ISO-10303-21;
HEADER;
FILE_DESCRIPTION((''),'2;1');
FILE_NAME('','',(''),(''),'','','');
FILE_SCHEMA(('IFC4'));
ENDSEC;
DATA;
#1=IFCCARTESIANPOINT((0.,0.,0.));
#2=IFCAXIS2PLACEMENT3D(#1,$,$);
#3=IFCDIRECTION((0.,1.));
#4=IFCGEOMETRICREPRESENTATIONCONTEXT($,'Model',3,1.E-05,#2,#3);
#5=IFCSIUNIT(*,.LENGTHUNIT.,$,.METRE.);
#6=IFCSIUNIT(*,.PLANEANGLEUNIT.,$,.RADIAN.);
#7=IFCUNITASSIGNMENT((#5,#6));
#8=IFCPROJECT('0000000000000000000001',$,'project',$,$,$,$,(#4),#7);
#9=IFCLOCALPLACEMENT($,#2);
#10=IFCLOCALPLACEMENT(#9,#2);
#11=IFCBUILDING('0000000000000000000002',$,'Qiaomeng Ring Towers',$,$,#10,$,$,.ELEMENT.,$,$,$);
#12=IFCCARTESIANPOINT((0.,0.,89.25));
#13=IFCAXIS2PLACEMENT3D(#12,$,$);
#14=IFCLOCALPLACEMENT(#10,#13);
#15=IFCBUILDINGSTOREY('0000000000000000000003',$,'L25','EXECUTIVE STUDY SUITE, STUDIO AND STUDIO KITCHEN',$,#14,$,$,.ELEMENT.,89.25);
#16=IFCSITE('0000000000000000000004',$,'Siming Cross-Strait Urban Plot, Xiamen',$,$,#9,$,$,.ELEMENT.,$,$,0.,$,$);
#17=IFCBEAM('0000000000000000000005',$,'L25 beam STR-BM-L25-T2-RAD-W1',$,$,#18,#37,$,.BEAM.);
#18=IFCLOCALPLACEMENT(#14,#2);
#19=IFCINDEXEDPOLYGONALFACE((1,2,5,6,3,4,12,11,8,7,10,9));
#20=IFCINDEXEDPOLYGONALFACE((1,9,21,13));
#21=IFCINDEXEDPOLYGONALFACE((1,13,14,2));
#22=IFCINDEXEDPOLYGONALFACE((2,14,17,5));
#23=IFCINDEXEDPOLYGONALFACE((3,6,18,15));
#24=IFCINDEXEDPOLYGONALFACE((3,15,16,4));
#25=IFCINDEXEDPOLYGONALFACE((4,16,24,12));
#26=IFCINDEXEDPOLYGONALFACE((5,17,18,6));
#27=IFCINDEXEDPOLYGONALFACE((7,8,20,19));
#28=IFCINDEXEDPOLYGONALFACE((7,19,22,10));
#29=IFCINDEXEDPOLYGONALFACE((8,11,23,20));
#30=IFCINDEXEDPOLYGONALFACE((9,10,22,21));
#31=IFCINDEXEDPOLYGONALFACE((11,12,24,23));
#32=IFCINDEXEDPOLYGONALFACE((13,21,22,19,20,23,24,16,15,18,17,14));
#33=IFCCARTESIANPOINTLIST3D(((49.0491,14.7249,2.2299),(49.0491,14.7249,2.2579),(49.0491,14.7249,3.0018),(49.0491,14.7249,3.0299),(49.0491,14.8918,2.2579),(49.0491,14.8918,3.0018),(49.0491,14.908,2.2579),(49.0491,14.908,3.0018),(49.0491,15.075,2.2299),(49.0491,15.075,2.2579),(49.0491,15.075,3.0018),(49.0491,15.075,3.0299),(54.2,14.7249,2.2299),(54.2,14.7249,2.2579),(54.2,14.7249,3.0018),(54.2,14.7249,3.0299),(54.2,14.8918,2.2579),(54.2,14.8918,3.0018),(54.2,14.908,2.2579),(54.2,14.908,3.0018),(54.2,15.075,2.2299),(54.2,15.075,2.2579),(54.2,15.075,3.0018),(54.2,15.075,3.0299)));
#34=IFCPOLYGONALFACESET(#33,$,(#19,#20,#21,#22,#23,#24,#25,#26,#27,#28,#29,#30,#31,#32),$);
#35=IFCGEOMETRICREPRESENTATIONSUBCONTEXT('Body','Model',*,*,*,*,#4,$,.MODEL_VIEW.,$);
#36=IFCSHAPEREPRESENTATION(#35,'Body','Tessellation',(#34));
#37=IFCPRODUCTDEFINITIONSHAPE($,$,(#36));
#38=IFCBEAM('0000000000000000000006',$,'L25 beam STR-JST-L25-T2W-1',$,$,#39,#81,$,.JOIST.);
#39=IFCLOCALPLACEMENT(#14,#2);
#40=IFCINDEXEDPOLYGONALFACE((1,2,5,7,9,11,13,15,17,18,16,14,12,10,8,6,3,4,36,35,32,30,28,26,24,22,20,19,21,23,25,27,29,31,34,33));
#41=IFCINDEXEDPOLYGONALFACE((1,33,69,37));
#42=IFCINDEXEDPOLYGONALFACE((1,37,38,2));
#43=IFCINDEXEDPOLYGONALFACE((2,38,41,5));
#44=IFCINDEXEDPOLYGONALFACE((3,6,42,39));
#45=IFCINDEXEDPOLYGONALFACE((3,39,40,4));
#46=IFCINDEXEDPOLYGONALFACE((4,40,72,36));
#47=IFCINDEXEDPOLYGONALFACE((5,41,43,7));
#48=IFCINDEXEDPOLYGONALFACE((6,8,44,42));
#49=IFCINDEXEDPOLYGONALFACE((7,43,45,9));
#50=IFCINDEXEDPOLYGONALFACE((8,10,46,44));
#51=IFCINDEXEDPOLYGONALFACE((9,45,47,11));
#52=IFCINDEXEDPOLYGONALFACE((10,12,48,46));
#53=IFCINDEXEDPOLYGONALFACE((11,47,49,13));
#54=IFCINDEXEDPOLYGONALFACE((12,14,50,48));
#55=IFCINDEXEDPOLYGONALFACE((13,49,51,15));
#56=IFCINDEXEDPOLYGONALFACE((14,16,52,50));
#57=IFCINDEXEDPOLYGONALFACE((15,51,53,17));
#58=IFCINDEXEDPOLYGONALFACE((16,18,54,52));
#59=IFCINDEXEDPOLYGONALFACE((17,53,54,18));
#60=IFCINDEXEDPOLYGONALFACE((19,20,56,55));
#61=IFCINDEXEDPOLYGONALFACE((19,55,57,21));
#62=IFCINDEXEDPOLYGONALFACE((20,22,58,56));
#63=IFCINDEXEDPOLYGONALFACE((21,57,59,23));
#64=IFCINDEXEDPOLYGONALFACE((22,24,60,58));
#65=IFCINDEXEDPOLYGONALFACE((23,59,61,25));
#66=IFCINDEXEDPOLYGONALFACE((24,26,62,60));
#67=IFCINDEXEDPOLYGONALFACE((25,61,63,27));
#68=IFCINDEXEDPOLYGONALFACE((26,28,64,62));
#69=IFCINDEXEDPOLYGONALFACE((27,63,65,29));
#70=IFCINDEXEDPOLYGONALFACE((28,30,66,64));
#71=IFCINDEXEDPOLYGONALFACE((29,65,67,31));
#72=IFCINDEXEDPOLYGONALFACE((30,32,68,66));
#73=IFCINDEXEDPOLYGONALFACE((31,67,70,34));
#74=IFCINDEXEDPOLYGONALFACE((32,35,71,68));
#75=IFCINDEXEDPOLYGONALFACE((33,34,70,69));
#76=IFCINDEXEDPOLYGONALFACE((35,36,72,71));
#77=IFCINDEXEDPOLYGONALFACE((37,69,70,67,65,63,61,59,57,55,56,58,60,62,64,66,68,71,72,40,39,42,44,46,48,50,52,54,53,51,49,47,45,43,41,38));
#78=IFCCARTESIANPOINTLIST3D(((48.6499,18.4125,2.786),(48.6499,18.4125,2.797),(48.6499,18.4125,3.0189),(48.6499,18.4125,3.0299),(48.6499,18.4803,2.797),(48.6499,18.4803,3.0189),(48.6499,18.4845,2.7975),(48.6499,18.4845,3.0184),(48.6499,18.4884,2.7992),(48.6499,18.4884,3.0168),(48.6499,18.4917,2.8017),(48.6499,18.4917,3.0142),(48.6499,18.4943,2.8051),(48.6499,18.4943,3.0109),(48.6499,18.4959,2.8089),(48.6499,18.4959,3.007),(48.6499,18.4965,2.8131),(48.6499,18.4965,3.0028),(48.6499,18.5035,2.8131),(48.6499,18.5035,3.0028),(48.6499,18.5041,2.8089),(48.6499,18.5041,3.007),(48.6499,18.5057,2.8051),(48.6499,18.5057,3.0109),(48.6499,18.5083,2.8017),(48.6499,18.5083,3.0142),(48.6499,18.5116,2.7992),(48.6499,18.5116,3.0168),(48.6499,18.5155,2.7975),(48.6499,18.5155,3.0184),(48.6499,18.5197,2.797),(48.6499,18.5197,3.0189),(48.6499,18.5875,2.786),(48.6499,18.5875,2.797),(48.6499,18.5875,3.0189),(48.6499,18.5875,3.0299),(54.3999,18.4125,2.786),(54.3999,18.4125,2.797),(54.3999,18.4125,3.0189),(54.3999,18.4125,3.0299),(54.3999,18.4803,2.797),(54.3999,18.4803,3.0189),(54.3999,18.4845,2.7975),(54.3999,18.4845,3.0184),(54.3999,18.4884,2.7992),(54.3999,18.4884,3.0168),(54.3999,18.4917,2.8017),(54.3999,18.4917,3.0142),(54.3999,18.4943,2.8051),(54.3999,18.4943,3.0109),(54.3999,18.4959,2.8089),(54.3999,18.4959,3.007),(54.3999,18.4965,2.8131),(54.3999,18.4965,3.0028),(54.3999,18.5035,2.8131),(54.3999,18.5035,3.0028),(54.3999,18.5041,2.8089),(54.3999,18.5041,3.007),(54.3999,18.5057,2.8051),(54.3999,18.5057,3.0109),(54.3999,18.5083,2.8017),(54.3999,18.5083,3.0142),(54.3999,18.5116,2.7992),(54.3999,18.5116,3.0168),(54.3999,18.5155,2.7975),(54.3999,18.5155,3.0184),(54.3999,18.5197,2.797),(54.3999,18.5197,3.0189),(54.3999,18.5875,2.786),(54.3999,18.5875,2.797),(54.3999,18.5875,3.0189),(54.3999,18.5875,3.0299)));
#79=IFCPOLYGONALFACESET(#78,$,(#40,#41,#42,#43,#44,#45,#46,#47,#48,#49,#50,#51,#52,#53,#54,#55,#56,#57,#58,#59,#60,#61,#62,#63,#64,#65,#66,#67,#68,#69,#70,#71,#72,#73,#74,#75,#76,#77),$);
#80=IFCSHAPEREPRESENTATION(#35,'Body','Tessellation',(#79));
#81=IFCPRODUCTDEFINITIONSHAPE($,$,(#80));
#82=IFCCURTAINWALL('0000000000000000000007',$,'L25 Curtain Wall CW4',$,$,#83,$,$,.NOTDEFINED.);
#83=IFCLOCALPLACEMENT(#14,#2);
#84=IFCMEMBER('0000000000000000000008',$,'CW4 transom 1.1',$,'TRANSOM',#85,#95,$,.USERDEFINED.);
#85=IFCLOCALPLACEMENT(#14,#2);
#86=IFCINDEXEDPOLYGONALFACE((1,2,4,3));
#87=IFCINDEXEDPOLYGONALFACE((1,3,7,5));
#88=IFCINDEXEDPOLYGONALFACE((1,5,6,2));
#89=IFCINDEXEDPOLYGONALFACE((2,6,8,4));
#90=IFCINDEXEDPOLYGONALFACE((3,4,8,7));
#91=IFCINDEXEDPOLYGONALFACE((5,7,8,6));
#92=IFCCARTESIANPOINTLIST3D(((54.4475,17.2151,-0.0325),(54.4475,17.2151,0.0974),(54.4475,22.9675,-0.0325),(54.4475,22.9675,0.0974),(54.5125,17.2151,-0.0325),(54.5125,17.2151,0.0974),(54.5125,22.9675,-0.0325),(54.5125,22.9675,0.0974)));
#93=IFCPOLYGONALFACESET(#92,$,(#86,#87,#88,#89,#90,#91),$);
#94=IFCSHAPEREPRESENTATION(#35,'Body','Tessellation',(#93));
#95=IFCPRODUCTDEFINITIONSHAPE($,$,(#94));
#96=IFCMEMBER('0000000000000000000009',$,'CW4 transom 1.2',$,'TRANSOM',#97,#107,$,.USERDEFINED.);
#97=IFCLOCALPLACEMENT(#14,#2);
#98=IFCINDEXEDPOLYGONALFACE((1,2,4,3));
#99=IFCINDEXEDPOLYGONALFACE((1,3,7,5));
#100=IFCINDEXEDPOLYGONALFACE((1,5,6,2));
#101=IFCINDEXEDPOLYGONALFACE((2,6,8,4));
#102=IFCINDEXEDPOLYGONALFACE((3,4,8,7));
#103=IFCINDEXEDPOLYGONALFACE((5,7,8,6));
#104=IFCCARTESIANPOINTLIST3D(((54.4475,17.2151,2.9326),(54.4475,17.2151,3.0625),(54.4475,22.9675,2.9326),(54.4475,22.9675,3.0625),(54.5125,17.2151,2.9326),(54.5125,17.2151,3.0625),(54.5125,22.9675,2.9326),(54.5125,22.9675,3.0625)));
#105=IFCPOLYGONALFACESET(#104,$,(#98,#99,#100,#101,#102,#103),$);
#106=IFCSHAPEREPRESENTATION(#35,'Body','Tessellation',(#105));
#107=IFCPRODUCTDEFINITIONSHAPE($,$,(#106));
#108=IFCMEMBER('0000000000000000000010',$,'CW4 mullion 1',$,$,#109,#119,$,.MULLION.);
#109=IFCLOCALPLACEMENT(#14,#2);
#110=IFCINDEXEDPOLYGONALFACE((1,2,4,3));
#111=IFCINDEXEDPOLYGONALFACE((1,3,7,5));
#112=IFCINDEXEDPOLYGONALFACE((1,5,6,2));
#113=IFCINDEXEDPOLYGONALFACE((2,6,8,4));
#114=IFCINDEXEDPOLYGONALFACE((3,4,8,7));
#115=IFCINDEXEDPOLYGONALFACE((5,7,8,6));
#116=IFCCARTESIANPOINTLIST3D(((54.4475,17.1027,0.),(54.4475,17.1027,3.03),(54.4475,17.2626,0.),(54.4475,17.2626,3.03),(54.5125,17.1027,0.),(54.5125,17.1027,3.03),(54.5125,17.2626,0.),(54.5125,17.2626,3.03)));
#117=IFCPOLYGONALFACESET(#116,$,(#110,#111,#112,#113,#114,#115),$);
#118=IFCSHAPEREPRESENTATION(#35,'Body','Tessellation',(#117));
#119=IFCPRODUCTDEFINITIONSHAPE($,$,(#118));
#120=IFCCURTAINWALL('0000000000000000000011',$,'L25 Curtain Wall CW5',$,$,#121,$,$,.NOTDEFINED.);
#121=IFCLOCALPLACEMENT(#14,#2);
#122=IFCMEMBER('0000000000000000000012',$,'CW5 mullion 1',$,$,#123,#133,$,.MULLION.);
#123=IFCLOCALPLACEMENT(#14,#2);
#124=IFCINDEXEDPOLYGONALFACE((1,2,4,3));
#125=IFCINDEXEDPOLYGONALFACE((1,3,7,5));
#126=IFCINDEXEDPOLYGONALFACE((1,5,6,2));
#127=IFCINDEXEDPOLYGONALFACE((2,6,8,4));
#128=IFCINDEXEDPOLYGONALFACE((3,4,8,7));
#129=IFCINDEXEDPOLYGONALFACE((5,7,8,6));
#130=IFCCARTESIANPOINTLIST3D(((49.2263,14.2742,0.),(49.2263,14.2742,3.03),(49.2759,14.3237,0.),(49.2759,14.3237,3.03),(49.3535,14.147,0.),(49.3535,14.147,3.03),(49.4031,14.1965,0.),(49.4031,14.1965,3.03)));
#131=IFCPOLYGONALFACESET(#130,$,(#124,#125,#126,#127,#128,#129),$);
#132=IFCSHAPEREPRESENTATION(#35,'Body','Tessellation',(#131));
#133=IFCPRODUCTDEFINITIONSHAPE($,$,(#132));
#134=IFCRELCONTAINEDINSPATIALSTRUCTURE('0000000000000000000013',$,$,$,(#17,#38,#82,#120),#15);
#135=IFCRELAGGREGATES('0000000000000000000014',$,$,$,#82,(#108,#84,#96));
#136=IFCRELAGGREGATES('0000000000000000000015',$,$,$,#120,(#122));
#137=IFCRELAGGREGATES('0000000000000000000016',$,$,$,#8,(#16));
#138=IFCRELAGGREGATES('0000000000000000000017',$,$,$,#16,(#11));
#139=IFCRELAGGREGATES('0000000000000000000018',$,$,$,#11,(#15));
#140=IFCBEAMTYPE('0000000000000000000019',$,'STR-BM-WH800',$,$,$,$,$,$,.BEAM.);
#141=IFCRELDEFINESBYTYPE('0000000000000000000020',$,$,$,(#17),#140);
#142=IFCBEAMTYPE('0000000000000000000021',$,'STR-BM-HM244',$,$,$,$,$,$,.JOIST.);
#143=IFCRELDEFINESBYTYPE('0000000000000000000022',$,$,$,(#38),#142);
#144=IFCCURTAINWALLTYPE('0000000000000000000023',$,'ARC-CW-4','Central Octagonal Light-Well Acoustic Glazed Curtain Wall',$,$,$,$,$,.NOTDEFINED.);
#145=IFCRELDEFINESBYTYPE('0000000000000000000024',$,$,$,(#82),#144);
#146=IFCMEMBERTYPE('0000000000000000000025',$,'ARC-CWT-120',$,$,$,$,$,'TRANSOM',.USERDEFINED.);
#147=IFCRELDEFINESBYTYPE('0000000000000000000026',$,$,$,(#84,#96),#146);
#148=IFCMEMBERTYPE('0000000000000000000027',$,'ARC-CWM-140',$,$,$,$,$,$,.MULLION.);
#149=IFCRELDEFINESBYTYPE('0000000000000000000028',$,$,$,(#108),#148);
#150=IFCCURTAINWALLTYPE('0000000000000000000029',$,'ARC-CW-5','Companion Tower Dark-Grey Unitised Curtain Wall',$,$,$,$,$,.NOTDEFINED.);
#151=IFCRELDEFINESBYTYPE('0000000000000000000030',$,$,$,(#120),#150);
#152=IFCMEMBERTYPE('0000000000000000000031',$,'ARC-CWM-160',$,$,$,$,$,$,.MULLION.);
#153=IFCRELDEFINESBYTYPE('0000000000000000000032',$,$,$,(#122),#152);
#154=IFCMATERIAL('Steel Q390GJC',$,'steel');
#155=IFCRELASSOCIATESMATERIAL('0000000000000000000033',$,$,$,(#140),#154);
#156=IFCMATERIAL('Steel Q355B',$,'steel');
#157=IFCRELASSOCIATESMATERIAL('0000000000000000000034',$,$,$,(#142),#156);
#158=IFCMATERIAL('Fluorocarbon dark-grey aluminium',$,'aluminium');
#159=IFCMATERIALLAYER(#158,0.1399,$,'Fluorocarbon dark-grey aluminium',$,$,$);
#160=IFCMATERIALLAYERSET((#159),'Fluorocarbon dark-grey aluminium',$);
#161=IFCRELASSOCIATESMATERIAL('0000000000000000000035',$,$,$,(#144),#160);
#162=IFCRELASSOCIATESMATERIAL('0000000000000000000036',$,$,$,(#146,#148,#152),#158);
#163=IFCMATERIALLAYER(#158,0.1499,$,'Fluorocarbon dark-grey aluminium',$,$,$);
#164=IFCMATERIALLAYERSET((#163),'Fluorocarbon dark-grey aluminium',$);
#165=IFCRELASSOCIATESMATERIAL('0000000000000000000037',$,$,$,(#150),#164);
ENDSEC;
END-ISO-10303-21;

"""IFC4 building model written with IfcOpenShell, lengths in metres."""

from ifc_helpers import new_model, si_unit, direction, frame, origin, origin_2d, place, context, subcontext, project, spatial, rectangle, i_section, extrude, source, transform, mapped, material, layer, layer_set, material_profile, profile_set, type_object, element, aggregate, save


model = new_model("IFC4")

# Units and contexts
model_context = context("Model", 3, precision=1e-05, world=origin(), true_north=direction((0.0, 1.0)))
body_context = subcontext(model_context, "Body", "Model", "MODEL_VIEW")
ifc_project = project(units=[si_unit("LENGTHUNIT", "METRE"), si_unit("PLANEANGLEUNIT", "RADIAN")], contexts=[model_context])

# Site, building, storey
site_placement = place(None, origin())
site = spatial("IfcSite", under=ifc_project, at=site_placement, Name="Siming Cross-Strait Urban Plot, Xiamen", CompositionType="ELEMENT", RefElevation=0.0)
building_placement = place(site_placement, origin())
building = spatial("IfcBuilding", under=site, at=building_placement, Name="Qiaomeng Ring Towers", CompositionType="ELEMENT")
storey_placement = place(building_placement, frame((0.0, 0.0, 89.25)))
storey = spatial("IfcBuildingStorey", under=building, at=storey_placement, Name="L25", Description="EXECUTIVE STUDY SUITE, STUDIO AND STUDIO KITCHEN", CompositionType="ELEMENT", Elevation=89.25)

# Beams
ifc_material_1 = material(Name="Steel Q355B", Category="steel")
ifc_material_2 = material(Name="Steel Q390GJC", Category="steel")
ifc_material_profile_1 = material_profile(ifc_material_2, i_section(OverallWidth=0.3501, OverallDepth=0.8, WebThickness=0.0161, FlangeThickness=0.0281, at=origin_2d()), Name="WH 800x350x16x28")
ifc_profile_set_1 = profile_set([ifc_material_profile_1], Name="Steel Q390GJC")
beam_type_1 = type_object("IfcBeamType", Name="STR-BM-WH800", PredefinedType="BEAM", material=ifc_profile_set_1)
shared_shape_1 = source(origin(), body_context, "Body", "SweptSolid", [
    extrude(i_section(OverallWidth=0.3501, OverallDepth=0.8, WebThickness=0.0161, FlangeThickness=0.0281, at=origin_2d()), origin(), (0.0, 0.0, 1.0), 5.1509),
])
beam_1_placement = place(storey_placement, frame((49.0491, 14.8999, 2.6299), z_axis=(1.0, 0.0, 0.0), x_axis=(0.0, 1.0, 0.0)))
element("IfcBeam", 1, at=beam_1_placement, inside=storey, type_object=beam_type_1, Name="L25 beam STR-BM-L25-T2-RAD-W1", PredefinedType="BEAM", context=body_context, shape_type="MappedRepresentation", body=[
    mapped(shared_shape_1, transform((0.0, 0.0, 0.0), x_axis=(1.0, 0.0, 0.0), y_axis=(0.0, 1.0, 0.0), z_axis=(0.0, 0.0, 1.0), scale=1.0)),
])
ifc_material_profile_2 = material_profile(ifc_material_1, i_section(OverallWidth=0.175, OverallDepth=0.2439, WebThickness=0.0071, FlangeThickness=0.011, FilletRadius=0.0161, at=origin_2d()), Name="HM 244x175x7x11")
ifc_profile_set_2 = profile_set([ifc_material_profile_2], Name="Steel Q355B")
beam_type_2 = type_object("IfcBeamType", Name="STR-BM-HM244", PredefinedType="JOIST", material=ifc_profile_set_2)
shared_shape_2 = source(origin(), body_context, "Body", "SweptSolid", [
    extrude(i_section(OverallWidth=0.175, OverallDepth=0.2439, WebThickness=0.0071, FlangeThickness=0.011, FilletRadius=0.0161, at=origin_2d()), origin(), (0.0, 0.0, 1.0), 5.75),
])
beam_2_placement = place(storey_placement, frame((48.6499, 18.5, 2.908), z_axis=(1.0, 0.0, 0.0), x_axis=(0.0, 1.0, 0.0)))
element("IfcBeam", 2, at=beam_2_placement, inside=storey, type_object=beam_type_2, Name="L25 beam STR-JST-L25-T2W-1", PredefinedType="JOIST", context=body_context, shape_type="MappedRepresentation", body=[
    mapped(shared_shape_2, transform((0.0, 0.0, 0.0), x_axis=(1.0, 0.0, 0.0), y_axis=(0.0, 1.0, 0.0), z_axis=(0.0, 0.0, 1.0), scale=1.0)),
])

# Curtain wall, members
ifc_material_3 = material(Name="Fluorocarbon dark-grey aluminium", Category="aluminium")
ifc_layer_1 = layer(ifc_material_3, 0.1399, Name="Fluorocarbon dark-grey aluminium")
ifc_layer_set_1 = layer_set([ifc_layer_1], Name="Fluorocarbon dark-grey aluminium")
curtain_wall_type_1 = type_object("IfcCurtainWallType", Name="ARC-CW-4", Description="Central Octagonal Light-Well Acoustic Glazed Curtain Wall", PredefinedType="NOTDEFINED", material=ifc_layer_set_1)
curtain_wall_1_placement = place(storey_placement, origin())
curtain_wall_1 = element("IfcCurtainWall", 3, at=curtain_wall_1_placement, inside=storey, type_object=curtain_wall_type_1, Name="L25 Curtain Wall CW4", PredefinedType="NOTDEFINED")
ifc_material_profile_3 = material_profile(ifc_material_3, rectangle(XDim=0.0649, YDim=0.1299, at=origin_2d()), Name="ALU TRAN 65x130")
ifc_profile_set_3 = profile_set([ifc_material_profile_3], Name="Fluorocarbon dark-grey aluminium")
member_type_1 = type_object("IfcMemberType", Name="ARC-CWT-120", ElementType="TRANSOM", PredefinedType="USERDEFINED", material=ifc_profile_set_3)
shared_shape_3 = source(origin(), body_context, "Body", "SweptSolid", [
    extrude(rectangle(XDim=0.0649, YDim=0.1299, at=origin_2d()), origin(), (0.0, 0.0, 1.0), 5.7524),
])
member_1_placement = place(storey_placement, frame((54.48, 17.2151, 0.0325), z_axis=(0.0, 1.0, 0.0), x_axis=(-1.0, 0.0, 0.0)))
member_1 = element("IfcMember", 4, at=member_1_placement, type_object=member_type_1, Name="CW4 transom 1.1", ObjectType="TRANSOM", PredefinedType="USERDEFINED", context=body_context, shape_type="MappedRepresentation", body=[
    mapped(shared_shape_3, transform((0.0, 0.0, 0.0), x_axis=(1.0, 0.0, 0.0), y_axis=(0.0, 1.0, 0.0), z_axis=(0.0, 0.0, 1.0), scale=1.0)),
])
member_2_placement = place(storey_placement, frame((54.48, 17.2151, 2.9976), z_axis=(0.0, 1.0, 0.0), x_axis=(-1.0, 0.0, 0.0)))
member_2 = element("IfcMember", 5, at=member_2_placement, type_object=member_type_1, Name="CW4 transom 1.2", ObjectType="TRANSOM", PredefinedType="USERDEFINED", context=body_context, shape_type="MappedRepresentation", body=[
    mapped(shared_shape_3, transform((0.0, 0.0, 0.0), x_axis=(1.0, 0.0, 0.0), y_axis=(0.0, 1.0, 0.0), z_axis=(0.0, 0.0, 1.0), scale=1.0)),
])
ifc_material_profile_4 = material_profile(ifc_material_3, rectangle(XDim=0.0649, YDim=0.1599, at=origin_2d()), Name="ALU MULL 65x160")
ifc_profile_set_4 = profile_set([ifc_material_profile_4], Name="Fluorocarbon dark-grey aluminium")
member_type_2 = type_object("IfcMemberType", Name="ARC-CWM-140", PredefinedType="MULLION", material=ifc_profile_set_4)
shared_shape_4 = source(origin(), body_context, "Body", "SweptSolid", [
    extrude(rectangle(XDim=0.0649, YDim=0.1599, at=origin_2d()), origin(), (0.0, 0.0, 1.0), 3.03),
])
member_3_placement = place(storey_placement, frame((54.48, 17.1826, 0.0), z_axis=(0.0, 0.0, 1.0), x_axis=(-1.0, 0.0, 0.0)))
member_3 = element("IfcMember", 6, at=member_3_placement, type_object=member_type_2, Name="CW4 mullion 1", PredefinedType="MULLION", context=body_context, shape_type="MappedRepresentation", body=[
    mapped(shared_shape_4, transform((0.0, 0.0, 0.0), x_axis=(1.0, 0.0, 0.0), y_axis=(0.0, 1.0, 0.0), z_axis=(0.0, 0.0, 1.0), scale=1.0)),
])
aggregate(curtain_wall_1, [member_3, member_1, member_2])

# Curtain wall, member
ifc_layer_2 = layer(ifc_material_3, 0.1499, Name="Fluorocarbon dark-grey aluminium")
ifc_layer_set_2 = layer_set([ifc_layer_2], Name="Fluorocarbon dark-grey aluminium")
curtain_wall_type_2 = type_object("IfcCurtainWallType", Name="ARC-CW-5", Description="Companion Tower Dark-Grey Unitised Curtain Wall", PredefinedType="NOTDEFINED", material=ifc_layer_set_2)
curtain_wall_2_placement = place(storey_placement, origin())
curtain_wall_2 = element("IfcCurtainWall", 7, at=curtain_wall_2_placement, inside=storey, type_object=curtain_wall_type_2, Name="L25 Curtain Wall CW5", PredefinedType="NOTDEFINED")
ifc_material_profile_5 = material_profile(ifc_material_3, rectangle(XDim=0.0701, YDim=0.1799, at=origin_2d()), Name="ALU MULL 70x180")
ifc_profile_set_5 = profile_set([ifc_material_profile_5], Name="Fluorocarbon dark-grey aluminium")
member_type_3 = type_object("IfcMemberType", Name="ARC-CWM-160", PredefinedType="MULLION", material=ifc_profile_set_5)
shared_shape_5 = source(origin(), body_context, "Body", "SweptSolid", [
    extrude(rectangle(XDim=0.0701, YDim=0.1799, at=origin_2d()), origin(), (0.0, 0.0, 1.0), 3.03),
])
member_4_placement = place(storey_placement, frame((49.3147, 14.2354, 0.0), z_axis=(0.0, 0.0, 1.0), x_axis=(0.707107, 0.707107, 0.0)))
member_4 = element("IfcMember", 8, at=member_4_placement, type_object=member_type_3, Name="CW5 mullion 1", PredefinedType="MULLION", context=body_context, shape_type="MappedRepresentation", body=[
    mapped(shared_shape_5, transform((0.0, 0.0, 0.0), x_axis=(1.0, 0.0, 0.0), y_axis=(0.0, 1.0, 0.0), z_axis=(0.0, 0.0, 1.0), scale=1.0)),
])
aggregate(curtain_wall_2, [member_4])

save(model, "model.ifc")
